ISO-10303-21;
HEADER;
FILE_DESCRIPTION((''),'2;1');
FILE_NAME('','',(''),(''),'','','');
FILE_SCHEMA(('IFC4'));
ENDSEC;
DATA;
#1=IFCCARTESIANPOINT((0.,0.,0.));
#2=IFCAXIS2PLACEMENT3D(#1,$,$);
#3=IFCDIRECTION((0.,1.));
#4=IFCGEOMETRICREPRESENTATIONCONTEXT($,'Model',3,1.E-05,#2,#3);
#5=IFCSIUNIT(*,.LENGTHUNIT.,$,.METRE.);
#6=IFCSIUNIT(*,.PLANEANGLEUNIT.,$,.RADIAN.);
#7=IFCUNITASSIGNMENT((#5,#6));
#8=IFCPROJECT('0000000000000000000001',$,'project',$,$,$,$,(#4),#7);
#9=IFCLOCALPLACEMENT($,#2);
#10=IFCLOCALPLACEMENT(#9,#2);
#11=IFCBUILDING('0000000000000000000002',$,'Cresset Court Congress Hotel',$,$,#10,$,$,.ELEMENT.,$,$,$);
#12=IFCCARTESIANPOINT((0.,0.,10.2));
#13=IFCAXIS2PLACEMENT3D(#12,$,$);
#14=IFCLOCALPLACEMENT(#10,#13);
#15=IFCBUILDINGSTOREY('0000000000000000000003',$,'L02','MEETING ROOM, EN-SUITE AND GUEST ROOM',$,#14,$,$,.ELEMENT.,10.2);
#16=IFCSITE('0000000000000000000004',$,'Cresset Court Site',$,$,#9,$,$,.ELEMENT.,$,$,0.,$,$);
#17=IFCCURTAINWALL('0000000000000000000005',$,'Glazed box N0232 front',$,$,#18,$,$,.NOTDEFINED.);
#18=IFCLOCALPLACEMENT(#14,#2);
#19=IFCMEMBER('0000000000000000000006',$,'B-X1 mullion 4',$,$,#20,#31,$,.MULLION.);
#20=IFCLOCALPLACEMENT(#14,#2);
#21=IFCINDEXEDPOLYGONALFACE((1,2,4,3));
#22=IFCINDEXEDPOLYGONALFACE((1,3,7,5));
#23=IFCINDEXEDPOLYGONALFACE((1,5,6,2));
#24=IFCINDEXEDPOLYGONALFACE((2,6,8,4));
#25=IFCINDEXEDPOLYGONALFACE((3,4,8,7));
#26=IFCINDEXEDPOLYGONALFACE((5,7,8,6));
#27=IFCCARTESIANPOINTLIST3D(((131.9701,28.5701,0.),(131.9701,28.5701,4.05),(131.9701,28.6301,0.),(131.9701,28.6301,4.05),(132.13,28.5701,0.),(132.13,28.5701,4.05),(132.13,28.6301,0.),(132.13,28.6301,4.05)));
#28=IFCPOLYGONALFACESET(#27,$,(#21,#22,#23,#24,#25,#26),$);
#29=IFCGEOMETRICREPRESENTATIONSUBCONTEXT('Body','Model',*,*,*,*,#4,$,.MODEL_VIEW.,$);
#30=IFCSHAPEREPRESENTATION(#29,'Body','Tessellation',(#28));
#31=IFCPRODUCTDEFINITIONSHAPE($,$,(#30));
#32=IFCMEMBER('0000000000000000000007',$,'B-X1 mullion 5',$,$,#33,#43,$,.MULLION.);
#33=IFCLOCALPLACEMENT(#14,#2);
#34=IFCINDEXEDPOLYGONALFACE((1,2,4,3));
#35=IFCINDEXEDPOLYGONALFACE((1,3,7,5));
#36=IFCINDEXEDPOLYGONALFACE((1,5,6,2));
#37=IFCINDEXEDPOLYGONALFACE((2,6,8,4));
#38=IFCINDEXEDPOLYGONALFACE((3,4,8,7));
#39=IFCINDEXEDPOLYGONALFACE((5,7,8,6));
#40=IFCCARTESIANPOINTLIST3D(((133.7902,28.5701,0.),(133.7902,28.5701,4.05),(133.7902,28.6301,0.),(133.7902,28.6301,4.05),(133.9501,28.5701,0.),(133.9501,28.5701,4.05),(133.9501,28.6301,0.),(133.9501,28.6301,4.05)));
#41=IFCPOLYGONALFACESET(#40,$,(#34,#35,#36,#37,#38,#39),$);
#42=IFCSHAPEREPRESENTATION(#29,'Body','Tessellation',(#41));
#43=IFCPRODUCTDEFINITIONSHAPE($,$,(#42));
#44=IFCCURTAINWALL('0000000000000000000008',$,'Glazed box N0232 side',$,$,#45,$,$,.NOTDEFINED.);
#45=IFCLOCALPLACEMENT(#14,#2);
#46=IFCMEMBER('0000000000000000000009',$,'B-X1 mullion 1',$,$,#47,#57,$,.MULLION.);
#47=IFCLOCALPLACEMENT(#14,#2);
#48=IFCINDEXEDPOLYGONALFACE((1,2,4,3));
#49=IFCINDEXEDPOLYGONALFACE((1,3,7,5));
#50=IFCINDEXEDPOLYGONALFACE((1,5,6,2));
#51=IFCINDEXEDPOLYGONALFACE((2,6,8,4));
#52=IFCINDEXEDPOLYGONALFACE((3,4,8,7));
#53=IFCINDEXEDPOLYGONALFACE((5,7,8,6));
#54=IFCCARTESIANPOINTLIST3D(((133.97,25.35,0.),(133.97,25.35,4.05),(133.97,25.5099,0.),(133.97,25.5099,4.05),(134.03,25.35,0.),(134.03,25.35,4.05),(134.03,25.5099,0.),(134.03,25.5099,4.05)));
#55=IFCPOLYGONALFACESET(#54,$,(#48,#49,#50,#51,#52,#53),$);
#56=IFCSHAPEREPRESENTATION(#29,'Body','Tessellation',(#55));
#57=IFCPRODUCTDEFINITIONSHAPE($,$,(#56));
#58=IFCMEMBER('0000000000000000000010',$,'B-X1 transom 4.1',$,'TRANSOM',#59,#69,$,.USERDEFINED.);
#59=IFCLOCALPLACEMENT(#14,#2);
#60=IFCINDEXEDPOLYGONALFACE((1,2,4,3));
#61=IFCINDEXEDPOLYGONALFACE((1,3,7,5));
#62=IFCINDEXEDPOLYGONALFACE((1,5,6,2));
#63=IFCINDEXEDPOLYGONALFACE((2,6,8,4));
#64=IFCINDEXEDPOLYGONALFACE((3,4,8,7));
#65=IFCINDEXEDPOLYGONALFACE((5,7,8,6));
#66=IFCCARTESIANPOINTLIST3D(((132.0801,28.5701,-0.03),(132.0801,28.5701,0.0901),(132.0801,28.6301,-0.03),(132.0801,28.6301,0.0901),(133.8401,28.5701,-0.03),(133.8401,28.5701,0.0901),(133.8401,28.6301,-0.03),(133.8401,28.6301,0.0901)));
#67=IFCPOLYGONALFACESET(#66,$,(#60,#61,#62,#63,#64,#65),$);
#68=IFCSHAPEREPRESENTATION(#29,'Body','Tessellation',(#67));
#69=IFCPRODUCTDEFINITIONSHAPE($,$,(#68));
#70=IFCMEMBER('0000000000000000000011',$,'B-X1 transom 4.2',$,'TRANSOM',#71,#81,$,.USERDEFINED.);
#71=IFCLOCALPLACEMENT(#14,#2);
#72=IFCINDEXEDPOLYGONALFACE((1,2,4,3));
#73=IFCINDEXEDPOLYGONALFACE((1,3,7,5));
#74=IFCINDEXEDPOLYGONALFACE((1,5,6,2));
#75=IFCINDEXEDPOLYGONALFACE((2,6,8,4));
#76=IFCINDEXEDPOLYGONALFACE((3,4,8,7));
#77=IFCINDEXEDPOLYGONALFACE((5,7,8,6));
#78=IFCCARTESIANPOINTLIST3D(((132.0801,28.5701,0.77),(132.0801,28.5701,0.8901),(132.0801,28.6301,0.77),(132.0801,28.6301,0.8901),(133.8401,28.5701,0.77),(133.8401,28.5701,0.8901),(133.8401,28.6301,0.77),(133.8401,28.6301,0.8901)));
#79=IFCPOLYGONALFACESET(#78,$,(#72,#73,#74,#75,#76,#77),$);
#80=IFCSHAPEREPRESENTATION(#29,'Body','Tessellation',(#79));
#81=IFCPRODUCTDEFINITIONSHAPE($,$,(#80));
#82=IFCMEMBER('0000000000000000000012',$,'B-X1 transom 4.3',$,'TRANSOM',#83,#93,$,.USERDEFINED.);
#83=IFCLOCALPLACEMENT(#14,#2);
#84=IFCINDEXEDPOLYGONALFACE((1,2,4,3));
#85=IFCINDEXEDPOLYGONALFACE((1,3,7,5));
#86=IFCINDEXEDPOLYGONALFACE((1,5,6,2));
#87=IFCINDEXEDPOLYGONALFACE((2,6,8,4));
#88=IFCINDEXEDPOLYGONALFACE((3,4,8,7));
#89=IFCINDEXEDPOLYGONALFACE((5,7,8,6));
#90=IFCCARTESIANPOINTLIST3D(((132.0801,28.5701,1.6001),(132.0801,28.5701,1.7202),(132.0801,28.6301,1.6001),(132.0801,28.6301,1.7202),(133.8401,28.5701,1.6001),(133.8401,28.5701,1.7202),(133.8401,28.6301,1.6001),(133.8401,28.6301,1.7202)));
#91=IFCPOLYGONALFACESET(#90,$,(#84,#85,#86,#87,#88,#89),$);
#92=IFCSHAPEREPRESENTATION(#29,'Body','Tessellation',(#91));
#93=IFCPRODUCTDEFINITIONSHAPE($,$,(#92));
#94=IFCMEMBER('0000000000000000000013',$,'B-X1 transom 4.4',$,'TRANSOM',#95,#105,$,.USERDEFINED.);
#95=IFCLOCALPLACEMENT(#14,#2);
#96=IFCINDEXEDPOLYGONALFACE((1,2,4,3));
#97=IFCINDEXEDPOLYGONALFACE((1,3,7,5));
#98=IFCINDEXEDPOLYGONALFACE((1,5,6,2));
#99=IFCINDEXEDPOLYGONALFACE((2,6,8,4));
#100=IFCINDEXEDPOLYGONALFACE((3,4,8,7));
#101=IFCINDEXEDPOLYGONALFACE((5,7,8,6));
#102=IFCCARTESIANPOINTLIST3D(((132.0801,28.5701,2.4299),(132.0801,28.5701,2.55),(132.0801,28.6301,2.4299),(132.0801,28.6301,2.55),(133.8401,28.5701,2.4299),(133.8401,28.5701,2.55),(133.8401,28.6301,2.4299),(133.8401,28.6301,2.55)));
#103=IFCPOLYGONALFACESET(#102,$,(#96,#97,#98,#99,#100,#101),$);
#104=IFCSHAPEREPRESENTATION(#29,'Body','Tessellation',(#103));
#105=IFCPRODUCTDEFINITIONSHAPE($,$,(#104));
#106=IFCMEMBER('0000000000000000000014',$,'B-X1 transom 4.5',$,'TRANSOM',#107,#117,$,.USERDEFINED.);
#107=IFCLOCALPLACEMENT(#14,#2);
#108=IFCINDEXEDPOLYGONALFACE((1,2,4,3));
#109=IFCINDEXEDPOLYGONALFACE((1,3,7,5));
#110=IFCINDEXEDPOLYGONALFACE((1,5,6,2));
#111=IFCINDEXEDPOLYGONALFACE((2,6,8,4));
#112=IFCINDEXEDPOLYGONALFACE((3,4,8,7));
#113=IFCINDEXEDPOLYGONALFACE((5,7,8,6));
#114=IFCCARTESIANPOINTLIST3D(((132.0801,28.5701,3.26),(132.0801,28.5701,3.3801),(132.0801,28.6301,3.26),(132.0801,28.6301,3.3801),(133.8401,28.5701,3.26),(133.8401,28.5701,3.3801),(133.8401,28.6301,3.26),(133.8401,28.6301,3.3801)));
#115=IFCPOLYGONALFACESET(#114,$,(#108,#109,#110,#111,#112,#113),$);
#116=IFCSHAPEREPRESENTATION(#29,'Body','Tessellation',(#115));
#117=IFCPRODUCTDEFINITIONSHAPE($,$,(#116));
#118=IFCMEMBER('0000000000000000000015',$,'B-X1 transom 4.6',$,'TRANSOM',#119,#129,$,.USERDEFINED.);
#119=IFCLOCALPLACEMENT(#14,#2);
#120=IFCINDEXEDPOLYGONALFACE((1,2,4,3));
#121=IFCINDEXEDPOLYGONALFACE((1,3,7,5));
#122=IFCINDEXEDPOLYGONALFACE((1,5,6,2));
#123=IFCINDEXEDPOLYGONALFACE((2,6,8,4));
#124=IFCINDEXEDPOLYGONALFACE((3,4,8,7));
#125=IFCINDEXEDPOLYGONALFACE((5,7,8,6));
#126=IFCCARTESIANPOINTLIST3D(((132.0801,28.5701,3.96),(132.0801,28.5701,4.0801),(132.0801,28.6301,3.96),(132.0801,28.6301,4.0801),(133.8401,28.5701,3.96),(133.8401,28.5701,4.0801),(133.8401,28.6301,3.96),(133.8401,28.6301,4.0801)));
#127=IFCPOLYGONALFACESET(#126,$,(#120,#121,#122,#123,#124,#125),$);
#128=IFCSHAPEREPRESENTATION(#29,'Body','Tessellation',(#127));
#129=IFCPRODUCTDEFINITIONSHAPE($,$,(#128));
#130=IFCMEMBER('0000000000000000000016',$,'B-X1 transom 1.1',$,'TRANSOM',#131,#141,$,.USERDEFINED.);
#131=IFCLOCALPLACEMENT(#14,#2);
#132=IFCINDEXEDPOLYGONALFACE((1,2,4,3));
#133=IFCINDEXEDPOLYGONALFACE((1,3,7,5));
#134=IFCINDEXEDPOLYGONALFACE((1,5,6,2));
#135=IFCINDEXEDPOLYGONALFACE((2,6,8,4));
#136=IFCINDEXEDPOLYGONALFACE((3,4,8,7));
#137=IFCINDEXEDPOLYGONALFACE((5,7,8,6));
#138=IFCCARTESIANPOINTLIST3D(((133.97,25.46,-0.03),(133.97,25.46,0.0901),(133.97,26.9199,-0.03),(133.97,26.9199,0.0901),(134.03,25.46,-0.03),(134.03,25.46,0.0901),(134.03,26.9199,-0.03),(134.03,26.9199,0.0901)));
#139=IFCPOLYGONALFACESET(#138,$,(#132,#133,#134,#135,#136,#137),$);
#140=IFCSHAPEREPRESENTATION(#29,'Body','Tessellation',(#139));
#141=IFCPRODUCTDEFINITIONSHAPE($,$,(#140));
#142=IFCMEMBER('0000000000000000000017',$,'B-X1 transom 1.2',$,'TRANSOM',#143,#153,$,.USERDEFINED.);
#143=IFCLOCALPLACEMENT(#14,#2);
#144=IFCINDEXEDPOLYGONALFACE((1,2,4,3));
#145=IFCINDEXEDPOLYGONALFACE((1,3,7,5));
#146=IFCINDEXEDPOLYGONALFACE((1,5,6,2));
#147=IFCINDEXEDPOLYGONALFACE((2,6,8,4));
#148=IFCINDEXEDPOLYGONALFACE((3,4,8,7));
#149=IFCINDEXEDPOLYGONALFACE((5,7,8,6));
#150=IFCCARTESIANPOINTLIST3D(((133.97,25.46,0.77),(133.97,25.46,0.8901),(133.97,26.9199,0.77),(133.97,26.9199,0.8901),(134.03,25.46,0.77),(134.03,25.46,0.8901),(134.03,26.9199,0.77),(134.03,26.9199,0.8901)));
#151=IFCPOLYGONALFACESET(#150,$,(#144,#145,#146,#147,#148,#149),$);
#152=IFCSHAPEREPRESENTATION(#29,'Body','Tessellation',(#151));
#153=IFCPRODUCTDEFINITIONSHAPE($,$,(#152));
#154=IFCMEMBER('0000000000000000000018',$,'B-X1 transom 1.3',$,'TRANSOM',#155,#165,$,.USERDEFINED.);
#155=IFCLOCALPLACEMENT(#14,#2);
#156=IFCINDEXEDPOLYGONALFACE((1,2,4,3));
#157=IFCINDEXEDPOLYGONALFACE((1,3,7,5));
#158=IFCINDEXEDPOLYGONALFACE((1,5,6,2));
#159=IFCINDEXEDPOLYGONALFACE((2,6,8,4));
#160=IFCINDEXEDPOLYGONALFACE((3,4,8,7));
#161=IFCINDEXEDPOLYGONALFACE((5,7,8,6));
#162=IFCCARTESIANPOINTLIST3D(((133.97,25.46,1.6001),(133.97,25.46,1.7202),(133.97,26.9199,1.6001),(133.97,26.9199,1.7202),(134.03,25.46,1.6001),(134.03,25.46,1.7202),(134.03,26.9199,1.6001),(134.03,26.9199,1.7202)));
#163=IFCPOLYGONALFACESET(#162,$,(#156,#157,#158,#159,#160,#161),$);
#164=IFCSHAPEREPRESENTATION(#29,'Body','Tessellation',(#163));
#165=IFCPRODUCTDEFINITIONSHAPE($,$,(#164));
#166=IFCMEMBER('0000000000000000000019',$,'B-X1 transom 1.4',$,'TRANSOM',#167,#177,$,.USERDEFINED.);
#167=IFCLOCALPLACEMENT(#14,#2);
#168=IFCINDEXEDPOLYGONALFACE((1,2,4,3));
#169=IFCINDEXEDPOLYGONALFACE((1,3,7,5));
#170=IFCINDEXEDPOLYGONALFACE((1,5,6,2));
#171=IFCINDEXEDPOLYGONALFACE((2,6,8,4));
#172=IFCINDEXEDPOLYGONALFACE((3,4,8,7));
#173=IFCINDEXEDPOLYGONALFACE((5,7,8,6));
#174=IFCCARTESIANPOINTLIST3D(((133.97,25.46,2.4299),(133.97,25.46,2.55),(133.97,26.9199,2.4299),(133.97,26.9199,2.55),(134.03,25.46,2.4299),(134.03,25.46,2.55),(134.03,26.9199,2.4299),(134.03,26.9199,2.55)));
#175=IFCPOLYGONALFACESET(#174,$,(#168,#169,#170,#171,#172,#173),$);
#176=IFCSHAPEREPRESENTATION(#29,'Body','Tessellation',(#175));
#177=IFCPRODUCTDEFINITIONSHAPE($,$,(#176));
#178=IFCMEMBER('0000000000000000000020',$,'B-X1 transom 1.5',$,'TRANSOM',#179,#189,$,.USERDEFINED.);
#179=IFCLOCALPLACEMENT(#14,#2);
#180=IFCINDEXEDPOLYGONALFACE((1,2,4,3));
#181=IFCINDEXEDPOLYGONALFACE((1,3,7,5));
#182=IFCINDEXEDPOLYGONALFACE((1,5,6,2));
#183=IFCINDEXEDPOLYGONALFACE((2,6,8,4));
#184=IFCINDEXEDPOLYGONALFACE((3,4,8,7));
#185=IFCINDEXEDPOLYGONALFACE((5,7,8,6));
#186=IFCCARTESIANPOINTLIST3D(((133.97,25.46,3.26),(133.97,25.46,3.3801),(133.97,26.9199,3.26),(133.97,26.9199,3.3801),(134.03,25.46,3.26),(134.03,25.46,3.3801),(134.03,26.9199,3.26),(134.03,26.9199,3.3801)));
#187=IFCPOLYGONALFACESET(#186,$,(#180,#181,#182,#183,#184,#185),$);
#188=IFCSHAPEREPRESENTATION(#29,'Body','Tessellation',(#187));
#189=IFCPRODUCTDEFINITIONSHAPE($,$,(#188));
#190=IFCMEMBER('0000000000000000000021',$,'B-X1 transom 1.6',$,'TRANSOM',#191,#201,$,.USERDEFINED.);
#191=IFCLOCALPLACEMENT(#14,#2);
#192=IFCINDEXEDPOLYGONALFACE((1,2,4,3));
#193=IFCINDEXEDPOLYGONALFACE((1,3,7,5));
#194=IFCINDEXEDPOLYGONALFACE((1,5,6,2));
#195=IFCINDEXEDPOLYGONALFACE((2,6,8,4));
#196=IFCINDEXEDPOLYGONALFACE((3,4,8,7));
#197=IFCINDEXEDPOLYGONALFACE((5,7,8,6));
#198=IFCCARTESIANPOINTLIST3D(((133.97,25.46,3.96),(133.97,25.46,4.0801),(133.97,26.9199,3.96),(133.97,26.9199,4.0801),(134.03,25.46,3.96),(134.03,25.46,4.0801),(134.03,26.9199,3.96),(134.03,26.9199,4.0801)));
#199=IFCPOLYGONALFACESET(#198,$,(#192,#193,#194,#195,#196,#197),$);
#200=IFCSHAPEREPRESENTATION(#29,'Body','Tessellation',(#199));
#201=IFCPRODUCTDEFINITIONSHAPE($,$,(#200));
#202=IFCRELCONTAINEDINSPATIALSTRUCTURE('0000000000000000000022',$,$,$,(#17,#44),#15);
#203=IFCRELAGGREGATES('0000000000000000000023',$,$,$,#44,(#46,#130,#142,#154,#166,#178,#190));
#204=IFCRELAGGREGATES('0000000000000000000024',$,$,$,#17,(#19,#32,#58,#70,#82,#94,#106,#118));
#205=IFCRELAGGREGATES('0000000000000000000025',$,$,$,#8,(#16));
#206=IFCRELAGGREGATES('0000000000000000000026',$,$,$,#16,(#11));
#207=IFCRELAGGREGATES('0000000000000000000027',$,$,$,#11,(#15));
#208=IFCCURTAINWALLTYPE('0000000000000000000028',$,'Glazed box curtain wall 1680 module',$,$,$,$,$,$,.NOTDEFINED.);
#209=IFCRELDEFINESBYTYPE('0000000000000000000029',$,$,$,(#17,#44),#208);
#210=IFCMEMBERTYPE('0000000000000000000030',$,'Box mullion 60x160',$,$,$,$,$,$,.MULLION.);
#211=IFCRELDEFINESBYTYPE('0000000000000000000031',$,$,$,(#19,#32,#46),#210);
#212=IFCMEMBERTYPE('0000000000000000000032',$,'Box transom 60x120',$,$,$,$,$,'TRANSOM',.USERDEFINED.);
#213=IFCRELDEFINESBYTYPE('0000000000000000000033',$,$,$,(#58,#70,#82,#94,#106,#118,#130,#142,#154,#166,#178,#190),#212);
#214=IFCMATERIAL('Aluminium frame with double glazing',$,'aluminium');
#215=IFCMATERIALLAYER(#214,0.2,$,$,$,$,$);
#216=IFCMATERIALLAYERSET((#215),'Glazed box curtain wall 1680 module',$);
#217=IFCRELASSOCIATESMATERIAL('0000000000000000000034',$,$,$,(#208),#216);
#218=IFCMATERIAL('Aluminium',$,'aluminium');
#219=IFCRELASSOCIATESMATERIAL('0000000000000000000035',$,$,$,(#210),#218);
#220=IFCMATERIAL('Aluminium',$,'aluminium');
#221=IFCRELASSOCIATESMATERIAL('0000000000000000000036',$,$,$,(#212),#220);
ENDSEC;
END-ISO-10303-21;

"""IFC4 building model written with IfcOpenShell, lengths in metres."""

from ifc_helpers import new_model, si_unit, direction, frame, origin, origin_2d, place, context, subcontext, project, spatial, rectangle, extrude, material, layer, layer_set, material_profile, profile_set, type_object, element, aggregate, save


model = new_model("IFC4")

# Units and contexts
model_context = context("Model", 3, precision=1e-05, world=origin(), true_north=direction((0.0, 1.0)))
body_context = subcontext(model_context, "Body", "Model", "MODEL_VIEW")
ifc_project = project(units=[si_unit("LENGTHUNIT", "METRE"), si_unit("PLANEANGLEUNIT", "RADIAN")], contexts=[model_context])

# Site, building, storey
site_placement = place(None, origin())
site = spatial("IfcSite", under=ifc_project, at=site_placement, Name="Cresset Court Site", CompositionType="ELEMENT", RefElevation=0.0)
building_placement = place(site_placement, origin())
building = spatial("IfcBuilding", under=site, at=building_placement, Name="Cresset Court Congress Hotel", CompositionType="ELEMENT")
storey_placement = place(building_placement, frame((0.0, 0.0, 10.2)))
storey = spatial("IfcBuildingStorey", under=building, at=storey_placement, Name="L02", Description="MEETING ROOM, EN-SUITE AND GUEST ROOM", CompositionType="ELEMENT", Elevation=10.2)

# Curtain wall, members
ifc_material_1 = material(Name="Aluminium frame with double glazing", Category="aluminium")
ifc_layer_1 = layer(ifc_material_1, 0.2)
ifc_layer_set_1 = layer_set([ifc_layer_1], Name="Glazed box curtain wall 1680 module")
curtain_wall_type = type_object("IfcCurtainWallType", Name="Glazed box curtain wall 1680 module", PredefinedType="NOTDEFINED", material=ifc_layer_set_1)
curtain_wall_1_placement = place(storey_placement, origin())
curtain_wall_1 = element("IfcCurtainWall", 1, at=curtain_wall_1_placement, inside=storey, type_object=curtain_wall_type, Name="Glazed box N0232 front", PredefinedType="NOTDEFINED")
ifc_material_2 = material(Name="Aluminium", Category="aluminium")
ifc_material_profile_1 = material_profile(ifc_material_2, rectangle(XDim=0.0601, YDim=0.1599, at=origin_2d()), Name="Box mullion 60x160")
ifc_profile_set_1 = profile_set([ifc_material_profile_1], Name="Aluminium")
member_type_1 = type_object("IfcMemberType", Name="Box mullion 60x160", PredefinedType="MULLION", material=ifc_profile_set_1)
member_1_placement = place(storey_placement, frame((132.05, 28.6001, 0.0), z_axis=(0.0, 0.0, 1.0), x_axis=(0.0, 1.0, 0.0)))
member_1 = element("IfcMember", 2, at=member_1_placement, type_object=member_type_1, Name="B-X1 mullion 4", PredefinedType="MULLION", context=body_context, shape_type="SweptSolid", body=[
    extrude(rectangle(XDim=0.0601, YDim=0.1599, at=origin_2d()), origin(), (0.0, 0.0, 1.0), 4.05),
])
member_2_placement = place(storey_placement, frame((133.8701, 28.6001, 0.0), z_axis=(0.0, 0.0, 1.0), x_axis=(0.0, 1.0, 0.0)))
member_2 = element("IfcMember", 3, at=member_2_placement, type_object=member_type_1, Name="B-X1 mullion 5", PredefinedType="MULLION", context=body_context, shape_type="SweptSolid", body=[
    extrude(rectangle(XDim=0.0601, YDim=0.1599, at=origin_2d()), origin(), (0.0, 0.0, 1.0), 4.05),
])

# Curtain wall, member
curtain_wall_2_placement = place(storey_placement, origin())
curtain_wall_2 = element("IfcCurtainWall", 4, at=curtain_wall_2_placement, inside=storey, type_object=curtain_wall_type, Name="Glazed box N0232 side", PredefinedType="NOTDEFINED")
member_3_placement = place(storey_placement, frame((134.0, 25.4299, 0.0), z_axis=(0.0, 0.0, 1.0), x_axis=(-1.0, 0.0, 0.0)))
member_3 = element("IfcMember", 5, at=member_3_placement, type_object=member_type_1, Name="B-X1 mullion 1", PredefinedType="MULLION", context=body_context, shape_type="SweptSolid", body=[
    extrude(rectangle(XDim=0.0601, YDim=0.1599, at=origin_2d()), origin(), (0.0, 0.0, 1.0), 4.05),
])

# Members
ifc_material_3 = material(Name="Aluminium", Category="aluminium")
ifc_material_profile_2 = material_profile(ifc_material_3, rectangle(XDim=0.0601, YDim=0.1201, at=origin_2d()), Name="Box transom 60x120")
ifc_profile_set_2 = profile_set([ifc_material_profile_2], Name="Aluminium")
member_type_2 = type_object("IfcMemberType", Name="Box transom 60x120", ElementType="TRANSOM", PredefinedType="USERDEFINED", material=ifc_profile_set_2)
member_4_placement = place(storey_placement, frame((132.0801, 28.6001, 0.03), z_axis=(1.0, 0.0, 0.0), x_axis=(0.0, 1.0, 0.0)))
member_4 = element("IfcMember", 6, at=member_4_placement, type_object=member_type_2, Name="B-X1 transom 4.1", ObjectType="TRANSOM", PredefinedType="USERDEFINED", context=body_context, shape_type="SweptSolid", body=[
    extrude(rectangle(XDim=0.0601, YDim=0.1201, at=origin_2d()), origin(), (0.0, 0.0, 1.0), 1.76),
])
member_5_placement = place(storey_placement, frame((132.0801, 28.6001, 0.8301), z_axis=(1.0, 0.0, 0.0), x_axis=(0.0, 1.0, 0.0)))
member_5 = element("IfcMember", 7, at=member_5_placement, type_object=member_type_2, Name="B-X1 transom 4.2", ObjectType="TRANSOM", PredefinedType="USERDEFINED", context=body_context, shape_type="SweptSolid", body=[
    extrude(rectangle(XDim=0.0601, YDim=0.1201, at=origin_2d()), origin(), (0.0, 0.0, 1.0), 1.76),
])
member_6_placement = place(storey_placement, frame((132.0801, 28.6001, 1.6602), z_axis=(1.0, 0.0, 0.0), x_axis=(0.0, 1.0, 0.0)))
member_6 = element("IfcMember", 8, at=member_6_placement, type_object=member_type_2, Name="B-X1 transom 4.3", ObjectType="TRANSOM", PredefinedType="USERDEFINED", context=body_context, shape_type="SweptSolid", body=[
    extrude(rectangle(XDim=0.0601, YDim=0.1201, at=origin_2d()), origin(), (0.0, 0.0, 1.0), 1.76),
])
member_7_placement = place(storey_placement, frame((132.0801, 28.6001, 2.49), z_axis=(1.0, 0.0, 0.0), x_axis=(0.0, 1.0, 0.0)))
member_7 = element("IfcMember", 9, at=member_7_placement, type_object=member_type_2, Name="B-X1 transom 4.4", ObjectType="TRANSOM", PredefinedType="USERDEFINED", context=body_context, shape_type="SweptSolid", body=[
    extrude(rectangle(XDim=0.0601, YDim=0.1201, at=origin_2d()), origin(), (0.0, 0.0, 1.0), 1.76),
])
member_8_placement = place(storey_placement, frame((132.0801, 28.6001, 3.3201), z_axis=(1.0, 0.0, 0.0), x_axis=(0.0, 1.0, 0.0)))
member_8 = element("IfcMember", 10, at=member_8_placement, type_object=member_type_2, Name="B-X1 transom 4.5", ObjectType="TRANSOM", PredefinedType="USERDEFINED", context=body_context, shape_type="SweptSolid", body=[
    extrude(rectangle(XDim=0.0601, YDim=0.1201, at=origin_2d()), origin(), (0.0, 0.0, 1.0), 1.76),
])
member_9_placement = place(storey_placement, frame((132.0801, 28.6001, 4.02), z_axis=(1.0, 0.0, 0.0), x_axis=(0.0, 1.0, 0.0)))
member_9 = element("IfcMember", 11, at=member_9_placement, type_object=member_type_2, Name="B-X1 transom 4.6", ObjectType="TRANSOM", PredefinedType="USERDEFINED", context=body_context, shape_type="SweptSolid", body=[
    extrude(rectangle(XDim=0.0601, YDim=0.1201, at=origin_2d()), origin(), (0.0, 0.0, 1.0), 1.76),
])
member_10_placement = place(storey_placement, frame((134.0, 25.46, 0.03), z_axis=(0.0, 1.0, 0.0), x_axis=(-1.0, 0.0, 0.0)))
member_10 = element("IfcMember", 12, at=member_10_placement, type_object=member_type_2, Name="B-X1 transom 1.1", ObjectType="TRANSOM", PredefinedType="USERDEFINED", context=body_context, shape_type="SweptSolid", body=[
    extrude(rectangle(XDim=0.0601, YDim=0.1201, at=origin_2d()), origin(), (0.0, 0.0, 1.0), 1.46),
])
member_11_placement = place(storey_placement, frame((134.0, 25.46, 0.8301), z_axis=(0.0, 1.0, 0.0), x_axis=(-1.0, 0.0, 0.0)))
member_11 = element("IfcMember", 13, at=member_11_placement, type_object=member_type_2, Name="B-X1 transom 1.2", ObjectType="TRANSOM", PredefinedType="USERDEFINED", context=body_context, shape_type="SweptSolid", body=[
    extrude(rectangle(XDim=0.0601, YDim=0.1201, at=origin_2d()), origin(), (0.0, 0.0, 1.0), 1.46),
])
member_12_placement = place(storey_placement, frame((134.0, 25.46, 1.6602), z_axis=(0.0, 1.0, 0.0), x_axis=(-1.0, 0.0, 0.0)))
member_12 = element("IfcMember", 14, at=member_12_placement, type_object=member_type_2, Name="B-X1 transom 1.3", ObjectType="TRANSOM", PredefinedType="USERDEFINED", context=body_context, shape_type="SweptSolid", body=[
    extrude(rectangle(XDim=0.0601, YDim=0.1201, at=origin_2d()), origin(), (0.0, 0.0, 1.0), 1.46),
])
member_13_placement = place(storey_placement, frame((134.0, 25.46, 2.49), z_axis=(0.0, 1.0, 0.0), x_axis=(-1.0, 0.0, 0.0)))
member_13 = element("IfcMember", 15, at=member_13_placement, type_object=member_type_2, Name="B-X1 transom 1.4", ObjectType="TRANSOM", PredefinedType="USERDEFINED", context=body_context, shape_type="SweptSolid", body=[
    extrude(rectangle(XDim=0.0601, YDim=0.1201, at=origin_2d()), origin(), (0.0, 0.0, 1.0), 1.46),
])
member_14_placement = place(storey_placement, frame((134.0, 25.46, 3.3201), z_axis=(0.0, 1.0, 0.0), x_axis=(-1.0, 0.0, 0.0)))
member_14 = element("IfcMember", 16, at=member_14_placement, type_object=member_type_2, Name="B-X1 transom 1.5", ObjectType="TRANSOM", PredefinedType="USERDEFINED", context=body_context, shape_type="SweptSolid", body=[
    extrude(rectangle(XDim=0.0601, YDim=0.1201, at=origin_2d()), origin(), (0.0, 0.0, 1.0), 1.46),
])
member_15_placement = place(storey_placement, frame((134.0, 25.46, 4.02), z_axis=(0.0, 1.0, 0.0), x_axis=(-1.0, 0.0, 0.0)))
member_15 = element("IfcMember", 17, at=member_15_placement, type_object=member_type_2, Name="B-X1 transom 1.6", ObjectType="TRANSOM", PredefinedType="USERDEFINED", context=body_context, shape_type="SweptSolid", body=[
    extrude(rectangle(XDim=0.0601, YDim=0.1201, at=origin_2d()), origin(), (0.0, 0.0, 1.0), 1.46),
])
aggregate(curtain_wall_2, [member_3, member_10, member_11, member_12, member_13, member_14, member_15])

aggregate(curtain_wall_1, [member_1, member_2, member_4, member_5, member_6, member_7, member_8, member_9])

save(model, "model.ifc")
